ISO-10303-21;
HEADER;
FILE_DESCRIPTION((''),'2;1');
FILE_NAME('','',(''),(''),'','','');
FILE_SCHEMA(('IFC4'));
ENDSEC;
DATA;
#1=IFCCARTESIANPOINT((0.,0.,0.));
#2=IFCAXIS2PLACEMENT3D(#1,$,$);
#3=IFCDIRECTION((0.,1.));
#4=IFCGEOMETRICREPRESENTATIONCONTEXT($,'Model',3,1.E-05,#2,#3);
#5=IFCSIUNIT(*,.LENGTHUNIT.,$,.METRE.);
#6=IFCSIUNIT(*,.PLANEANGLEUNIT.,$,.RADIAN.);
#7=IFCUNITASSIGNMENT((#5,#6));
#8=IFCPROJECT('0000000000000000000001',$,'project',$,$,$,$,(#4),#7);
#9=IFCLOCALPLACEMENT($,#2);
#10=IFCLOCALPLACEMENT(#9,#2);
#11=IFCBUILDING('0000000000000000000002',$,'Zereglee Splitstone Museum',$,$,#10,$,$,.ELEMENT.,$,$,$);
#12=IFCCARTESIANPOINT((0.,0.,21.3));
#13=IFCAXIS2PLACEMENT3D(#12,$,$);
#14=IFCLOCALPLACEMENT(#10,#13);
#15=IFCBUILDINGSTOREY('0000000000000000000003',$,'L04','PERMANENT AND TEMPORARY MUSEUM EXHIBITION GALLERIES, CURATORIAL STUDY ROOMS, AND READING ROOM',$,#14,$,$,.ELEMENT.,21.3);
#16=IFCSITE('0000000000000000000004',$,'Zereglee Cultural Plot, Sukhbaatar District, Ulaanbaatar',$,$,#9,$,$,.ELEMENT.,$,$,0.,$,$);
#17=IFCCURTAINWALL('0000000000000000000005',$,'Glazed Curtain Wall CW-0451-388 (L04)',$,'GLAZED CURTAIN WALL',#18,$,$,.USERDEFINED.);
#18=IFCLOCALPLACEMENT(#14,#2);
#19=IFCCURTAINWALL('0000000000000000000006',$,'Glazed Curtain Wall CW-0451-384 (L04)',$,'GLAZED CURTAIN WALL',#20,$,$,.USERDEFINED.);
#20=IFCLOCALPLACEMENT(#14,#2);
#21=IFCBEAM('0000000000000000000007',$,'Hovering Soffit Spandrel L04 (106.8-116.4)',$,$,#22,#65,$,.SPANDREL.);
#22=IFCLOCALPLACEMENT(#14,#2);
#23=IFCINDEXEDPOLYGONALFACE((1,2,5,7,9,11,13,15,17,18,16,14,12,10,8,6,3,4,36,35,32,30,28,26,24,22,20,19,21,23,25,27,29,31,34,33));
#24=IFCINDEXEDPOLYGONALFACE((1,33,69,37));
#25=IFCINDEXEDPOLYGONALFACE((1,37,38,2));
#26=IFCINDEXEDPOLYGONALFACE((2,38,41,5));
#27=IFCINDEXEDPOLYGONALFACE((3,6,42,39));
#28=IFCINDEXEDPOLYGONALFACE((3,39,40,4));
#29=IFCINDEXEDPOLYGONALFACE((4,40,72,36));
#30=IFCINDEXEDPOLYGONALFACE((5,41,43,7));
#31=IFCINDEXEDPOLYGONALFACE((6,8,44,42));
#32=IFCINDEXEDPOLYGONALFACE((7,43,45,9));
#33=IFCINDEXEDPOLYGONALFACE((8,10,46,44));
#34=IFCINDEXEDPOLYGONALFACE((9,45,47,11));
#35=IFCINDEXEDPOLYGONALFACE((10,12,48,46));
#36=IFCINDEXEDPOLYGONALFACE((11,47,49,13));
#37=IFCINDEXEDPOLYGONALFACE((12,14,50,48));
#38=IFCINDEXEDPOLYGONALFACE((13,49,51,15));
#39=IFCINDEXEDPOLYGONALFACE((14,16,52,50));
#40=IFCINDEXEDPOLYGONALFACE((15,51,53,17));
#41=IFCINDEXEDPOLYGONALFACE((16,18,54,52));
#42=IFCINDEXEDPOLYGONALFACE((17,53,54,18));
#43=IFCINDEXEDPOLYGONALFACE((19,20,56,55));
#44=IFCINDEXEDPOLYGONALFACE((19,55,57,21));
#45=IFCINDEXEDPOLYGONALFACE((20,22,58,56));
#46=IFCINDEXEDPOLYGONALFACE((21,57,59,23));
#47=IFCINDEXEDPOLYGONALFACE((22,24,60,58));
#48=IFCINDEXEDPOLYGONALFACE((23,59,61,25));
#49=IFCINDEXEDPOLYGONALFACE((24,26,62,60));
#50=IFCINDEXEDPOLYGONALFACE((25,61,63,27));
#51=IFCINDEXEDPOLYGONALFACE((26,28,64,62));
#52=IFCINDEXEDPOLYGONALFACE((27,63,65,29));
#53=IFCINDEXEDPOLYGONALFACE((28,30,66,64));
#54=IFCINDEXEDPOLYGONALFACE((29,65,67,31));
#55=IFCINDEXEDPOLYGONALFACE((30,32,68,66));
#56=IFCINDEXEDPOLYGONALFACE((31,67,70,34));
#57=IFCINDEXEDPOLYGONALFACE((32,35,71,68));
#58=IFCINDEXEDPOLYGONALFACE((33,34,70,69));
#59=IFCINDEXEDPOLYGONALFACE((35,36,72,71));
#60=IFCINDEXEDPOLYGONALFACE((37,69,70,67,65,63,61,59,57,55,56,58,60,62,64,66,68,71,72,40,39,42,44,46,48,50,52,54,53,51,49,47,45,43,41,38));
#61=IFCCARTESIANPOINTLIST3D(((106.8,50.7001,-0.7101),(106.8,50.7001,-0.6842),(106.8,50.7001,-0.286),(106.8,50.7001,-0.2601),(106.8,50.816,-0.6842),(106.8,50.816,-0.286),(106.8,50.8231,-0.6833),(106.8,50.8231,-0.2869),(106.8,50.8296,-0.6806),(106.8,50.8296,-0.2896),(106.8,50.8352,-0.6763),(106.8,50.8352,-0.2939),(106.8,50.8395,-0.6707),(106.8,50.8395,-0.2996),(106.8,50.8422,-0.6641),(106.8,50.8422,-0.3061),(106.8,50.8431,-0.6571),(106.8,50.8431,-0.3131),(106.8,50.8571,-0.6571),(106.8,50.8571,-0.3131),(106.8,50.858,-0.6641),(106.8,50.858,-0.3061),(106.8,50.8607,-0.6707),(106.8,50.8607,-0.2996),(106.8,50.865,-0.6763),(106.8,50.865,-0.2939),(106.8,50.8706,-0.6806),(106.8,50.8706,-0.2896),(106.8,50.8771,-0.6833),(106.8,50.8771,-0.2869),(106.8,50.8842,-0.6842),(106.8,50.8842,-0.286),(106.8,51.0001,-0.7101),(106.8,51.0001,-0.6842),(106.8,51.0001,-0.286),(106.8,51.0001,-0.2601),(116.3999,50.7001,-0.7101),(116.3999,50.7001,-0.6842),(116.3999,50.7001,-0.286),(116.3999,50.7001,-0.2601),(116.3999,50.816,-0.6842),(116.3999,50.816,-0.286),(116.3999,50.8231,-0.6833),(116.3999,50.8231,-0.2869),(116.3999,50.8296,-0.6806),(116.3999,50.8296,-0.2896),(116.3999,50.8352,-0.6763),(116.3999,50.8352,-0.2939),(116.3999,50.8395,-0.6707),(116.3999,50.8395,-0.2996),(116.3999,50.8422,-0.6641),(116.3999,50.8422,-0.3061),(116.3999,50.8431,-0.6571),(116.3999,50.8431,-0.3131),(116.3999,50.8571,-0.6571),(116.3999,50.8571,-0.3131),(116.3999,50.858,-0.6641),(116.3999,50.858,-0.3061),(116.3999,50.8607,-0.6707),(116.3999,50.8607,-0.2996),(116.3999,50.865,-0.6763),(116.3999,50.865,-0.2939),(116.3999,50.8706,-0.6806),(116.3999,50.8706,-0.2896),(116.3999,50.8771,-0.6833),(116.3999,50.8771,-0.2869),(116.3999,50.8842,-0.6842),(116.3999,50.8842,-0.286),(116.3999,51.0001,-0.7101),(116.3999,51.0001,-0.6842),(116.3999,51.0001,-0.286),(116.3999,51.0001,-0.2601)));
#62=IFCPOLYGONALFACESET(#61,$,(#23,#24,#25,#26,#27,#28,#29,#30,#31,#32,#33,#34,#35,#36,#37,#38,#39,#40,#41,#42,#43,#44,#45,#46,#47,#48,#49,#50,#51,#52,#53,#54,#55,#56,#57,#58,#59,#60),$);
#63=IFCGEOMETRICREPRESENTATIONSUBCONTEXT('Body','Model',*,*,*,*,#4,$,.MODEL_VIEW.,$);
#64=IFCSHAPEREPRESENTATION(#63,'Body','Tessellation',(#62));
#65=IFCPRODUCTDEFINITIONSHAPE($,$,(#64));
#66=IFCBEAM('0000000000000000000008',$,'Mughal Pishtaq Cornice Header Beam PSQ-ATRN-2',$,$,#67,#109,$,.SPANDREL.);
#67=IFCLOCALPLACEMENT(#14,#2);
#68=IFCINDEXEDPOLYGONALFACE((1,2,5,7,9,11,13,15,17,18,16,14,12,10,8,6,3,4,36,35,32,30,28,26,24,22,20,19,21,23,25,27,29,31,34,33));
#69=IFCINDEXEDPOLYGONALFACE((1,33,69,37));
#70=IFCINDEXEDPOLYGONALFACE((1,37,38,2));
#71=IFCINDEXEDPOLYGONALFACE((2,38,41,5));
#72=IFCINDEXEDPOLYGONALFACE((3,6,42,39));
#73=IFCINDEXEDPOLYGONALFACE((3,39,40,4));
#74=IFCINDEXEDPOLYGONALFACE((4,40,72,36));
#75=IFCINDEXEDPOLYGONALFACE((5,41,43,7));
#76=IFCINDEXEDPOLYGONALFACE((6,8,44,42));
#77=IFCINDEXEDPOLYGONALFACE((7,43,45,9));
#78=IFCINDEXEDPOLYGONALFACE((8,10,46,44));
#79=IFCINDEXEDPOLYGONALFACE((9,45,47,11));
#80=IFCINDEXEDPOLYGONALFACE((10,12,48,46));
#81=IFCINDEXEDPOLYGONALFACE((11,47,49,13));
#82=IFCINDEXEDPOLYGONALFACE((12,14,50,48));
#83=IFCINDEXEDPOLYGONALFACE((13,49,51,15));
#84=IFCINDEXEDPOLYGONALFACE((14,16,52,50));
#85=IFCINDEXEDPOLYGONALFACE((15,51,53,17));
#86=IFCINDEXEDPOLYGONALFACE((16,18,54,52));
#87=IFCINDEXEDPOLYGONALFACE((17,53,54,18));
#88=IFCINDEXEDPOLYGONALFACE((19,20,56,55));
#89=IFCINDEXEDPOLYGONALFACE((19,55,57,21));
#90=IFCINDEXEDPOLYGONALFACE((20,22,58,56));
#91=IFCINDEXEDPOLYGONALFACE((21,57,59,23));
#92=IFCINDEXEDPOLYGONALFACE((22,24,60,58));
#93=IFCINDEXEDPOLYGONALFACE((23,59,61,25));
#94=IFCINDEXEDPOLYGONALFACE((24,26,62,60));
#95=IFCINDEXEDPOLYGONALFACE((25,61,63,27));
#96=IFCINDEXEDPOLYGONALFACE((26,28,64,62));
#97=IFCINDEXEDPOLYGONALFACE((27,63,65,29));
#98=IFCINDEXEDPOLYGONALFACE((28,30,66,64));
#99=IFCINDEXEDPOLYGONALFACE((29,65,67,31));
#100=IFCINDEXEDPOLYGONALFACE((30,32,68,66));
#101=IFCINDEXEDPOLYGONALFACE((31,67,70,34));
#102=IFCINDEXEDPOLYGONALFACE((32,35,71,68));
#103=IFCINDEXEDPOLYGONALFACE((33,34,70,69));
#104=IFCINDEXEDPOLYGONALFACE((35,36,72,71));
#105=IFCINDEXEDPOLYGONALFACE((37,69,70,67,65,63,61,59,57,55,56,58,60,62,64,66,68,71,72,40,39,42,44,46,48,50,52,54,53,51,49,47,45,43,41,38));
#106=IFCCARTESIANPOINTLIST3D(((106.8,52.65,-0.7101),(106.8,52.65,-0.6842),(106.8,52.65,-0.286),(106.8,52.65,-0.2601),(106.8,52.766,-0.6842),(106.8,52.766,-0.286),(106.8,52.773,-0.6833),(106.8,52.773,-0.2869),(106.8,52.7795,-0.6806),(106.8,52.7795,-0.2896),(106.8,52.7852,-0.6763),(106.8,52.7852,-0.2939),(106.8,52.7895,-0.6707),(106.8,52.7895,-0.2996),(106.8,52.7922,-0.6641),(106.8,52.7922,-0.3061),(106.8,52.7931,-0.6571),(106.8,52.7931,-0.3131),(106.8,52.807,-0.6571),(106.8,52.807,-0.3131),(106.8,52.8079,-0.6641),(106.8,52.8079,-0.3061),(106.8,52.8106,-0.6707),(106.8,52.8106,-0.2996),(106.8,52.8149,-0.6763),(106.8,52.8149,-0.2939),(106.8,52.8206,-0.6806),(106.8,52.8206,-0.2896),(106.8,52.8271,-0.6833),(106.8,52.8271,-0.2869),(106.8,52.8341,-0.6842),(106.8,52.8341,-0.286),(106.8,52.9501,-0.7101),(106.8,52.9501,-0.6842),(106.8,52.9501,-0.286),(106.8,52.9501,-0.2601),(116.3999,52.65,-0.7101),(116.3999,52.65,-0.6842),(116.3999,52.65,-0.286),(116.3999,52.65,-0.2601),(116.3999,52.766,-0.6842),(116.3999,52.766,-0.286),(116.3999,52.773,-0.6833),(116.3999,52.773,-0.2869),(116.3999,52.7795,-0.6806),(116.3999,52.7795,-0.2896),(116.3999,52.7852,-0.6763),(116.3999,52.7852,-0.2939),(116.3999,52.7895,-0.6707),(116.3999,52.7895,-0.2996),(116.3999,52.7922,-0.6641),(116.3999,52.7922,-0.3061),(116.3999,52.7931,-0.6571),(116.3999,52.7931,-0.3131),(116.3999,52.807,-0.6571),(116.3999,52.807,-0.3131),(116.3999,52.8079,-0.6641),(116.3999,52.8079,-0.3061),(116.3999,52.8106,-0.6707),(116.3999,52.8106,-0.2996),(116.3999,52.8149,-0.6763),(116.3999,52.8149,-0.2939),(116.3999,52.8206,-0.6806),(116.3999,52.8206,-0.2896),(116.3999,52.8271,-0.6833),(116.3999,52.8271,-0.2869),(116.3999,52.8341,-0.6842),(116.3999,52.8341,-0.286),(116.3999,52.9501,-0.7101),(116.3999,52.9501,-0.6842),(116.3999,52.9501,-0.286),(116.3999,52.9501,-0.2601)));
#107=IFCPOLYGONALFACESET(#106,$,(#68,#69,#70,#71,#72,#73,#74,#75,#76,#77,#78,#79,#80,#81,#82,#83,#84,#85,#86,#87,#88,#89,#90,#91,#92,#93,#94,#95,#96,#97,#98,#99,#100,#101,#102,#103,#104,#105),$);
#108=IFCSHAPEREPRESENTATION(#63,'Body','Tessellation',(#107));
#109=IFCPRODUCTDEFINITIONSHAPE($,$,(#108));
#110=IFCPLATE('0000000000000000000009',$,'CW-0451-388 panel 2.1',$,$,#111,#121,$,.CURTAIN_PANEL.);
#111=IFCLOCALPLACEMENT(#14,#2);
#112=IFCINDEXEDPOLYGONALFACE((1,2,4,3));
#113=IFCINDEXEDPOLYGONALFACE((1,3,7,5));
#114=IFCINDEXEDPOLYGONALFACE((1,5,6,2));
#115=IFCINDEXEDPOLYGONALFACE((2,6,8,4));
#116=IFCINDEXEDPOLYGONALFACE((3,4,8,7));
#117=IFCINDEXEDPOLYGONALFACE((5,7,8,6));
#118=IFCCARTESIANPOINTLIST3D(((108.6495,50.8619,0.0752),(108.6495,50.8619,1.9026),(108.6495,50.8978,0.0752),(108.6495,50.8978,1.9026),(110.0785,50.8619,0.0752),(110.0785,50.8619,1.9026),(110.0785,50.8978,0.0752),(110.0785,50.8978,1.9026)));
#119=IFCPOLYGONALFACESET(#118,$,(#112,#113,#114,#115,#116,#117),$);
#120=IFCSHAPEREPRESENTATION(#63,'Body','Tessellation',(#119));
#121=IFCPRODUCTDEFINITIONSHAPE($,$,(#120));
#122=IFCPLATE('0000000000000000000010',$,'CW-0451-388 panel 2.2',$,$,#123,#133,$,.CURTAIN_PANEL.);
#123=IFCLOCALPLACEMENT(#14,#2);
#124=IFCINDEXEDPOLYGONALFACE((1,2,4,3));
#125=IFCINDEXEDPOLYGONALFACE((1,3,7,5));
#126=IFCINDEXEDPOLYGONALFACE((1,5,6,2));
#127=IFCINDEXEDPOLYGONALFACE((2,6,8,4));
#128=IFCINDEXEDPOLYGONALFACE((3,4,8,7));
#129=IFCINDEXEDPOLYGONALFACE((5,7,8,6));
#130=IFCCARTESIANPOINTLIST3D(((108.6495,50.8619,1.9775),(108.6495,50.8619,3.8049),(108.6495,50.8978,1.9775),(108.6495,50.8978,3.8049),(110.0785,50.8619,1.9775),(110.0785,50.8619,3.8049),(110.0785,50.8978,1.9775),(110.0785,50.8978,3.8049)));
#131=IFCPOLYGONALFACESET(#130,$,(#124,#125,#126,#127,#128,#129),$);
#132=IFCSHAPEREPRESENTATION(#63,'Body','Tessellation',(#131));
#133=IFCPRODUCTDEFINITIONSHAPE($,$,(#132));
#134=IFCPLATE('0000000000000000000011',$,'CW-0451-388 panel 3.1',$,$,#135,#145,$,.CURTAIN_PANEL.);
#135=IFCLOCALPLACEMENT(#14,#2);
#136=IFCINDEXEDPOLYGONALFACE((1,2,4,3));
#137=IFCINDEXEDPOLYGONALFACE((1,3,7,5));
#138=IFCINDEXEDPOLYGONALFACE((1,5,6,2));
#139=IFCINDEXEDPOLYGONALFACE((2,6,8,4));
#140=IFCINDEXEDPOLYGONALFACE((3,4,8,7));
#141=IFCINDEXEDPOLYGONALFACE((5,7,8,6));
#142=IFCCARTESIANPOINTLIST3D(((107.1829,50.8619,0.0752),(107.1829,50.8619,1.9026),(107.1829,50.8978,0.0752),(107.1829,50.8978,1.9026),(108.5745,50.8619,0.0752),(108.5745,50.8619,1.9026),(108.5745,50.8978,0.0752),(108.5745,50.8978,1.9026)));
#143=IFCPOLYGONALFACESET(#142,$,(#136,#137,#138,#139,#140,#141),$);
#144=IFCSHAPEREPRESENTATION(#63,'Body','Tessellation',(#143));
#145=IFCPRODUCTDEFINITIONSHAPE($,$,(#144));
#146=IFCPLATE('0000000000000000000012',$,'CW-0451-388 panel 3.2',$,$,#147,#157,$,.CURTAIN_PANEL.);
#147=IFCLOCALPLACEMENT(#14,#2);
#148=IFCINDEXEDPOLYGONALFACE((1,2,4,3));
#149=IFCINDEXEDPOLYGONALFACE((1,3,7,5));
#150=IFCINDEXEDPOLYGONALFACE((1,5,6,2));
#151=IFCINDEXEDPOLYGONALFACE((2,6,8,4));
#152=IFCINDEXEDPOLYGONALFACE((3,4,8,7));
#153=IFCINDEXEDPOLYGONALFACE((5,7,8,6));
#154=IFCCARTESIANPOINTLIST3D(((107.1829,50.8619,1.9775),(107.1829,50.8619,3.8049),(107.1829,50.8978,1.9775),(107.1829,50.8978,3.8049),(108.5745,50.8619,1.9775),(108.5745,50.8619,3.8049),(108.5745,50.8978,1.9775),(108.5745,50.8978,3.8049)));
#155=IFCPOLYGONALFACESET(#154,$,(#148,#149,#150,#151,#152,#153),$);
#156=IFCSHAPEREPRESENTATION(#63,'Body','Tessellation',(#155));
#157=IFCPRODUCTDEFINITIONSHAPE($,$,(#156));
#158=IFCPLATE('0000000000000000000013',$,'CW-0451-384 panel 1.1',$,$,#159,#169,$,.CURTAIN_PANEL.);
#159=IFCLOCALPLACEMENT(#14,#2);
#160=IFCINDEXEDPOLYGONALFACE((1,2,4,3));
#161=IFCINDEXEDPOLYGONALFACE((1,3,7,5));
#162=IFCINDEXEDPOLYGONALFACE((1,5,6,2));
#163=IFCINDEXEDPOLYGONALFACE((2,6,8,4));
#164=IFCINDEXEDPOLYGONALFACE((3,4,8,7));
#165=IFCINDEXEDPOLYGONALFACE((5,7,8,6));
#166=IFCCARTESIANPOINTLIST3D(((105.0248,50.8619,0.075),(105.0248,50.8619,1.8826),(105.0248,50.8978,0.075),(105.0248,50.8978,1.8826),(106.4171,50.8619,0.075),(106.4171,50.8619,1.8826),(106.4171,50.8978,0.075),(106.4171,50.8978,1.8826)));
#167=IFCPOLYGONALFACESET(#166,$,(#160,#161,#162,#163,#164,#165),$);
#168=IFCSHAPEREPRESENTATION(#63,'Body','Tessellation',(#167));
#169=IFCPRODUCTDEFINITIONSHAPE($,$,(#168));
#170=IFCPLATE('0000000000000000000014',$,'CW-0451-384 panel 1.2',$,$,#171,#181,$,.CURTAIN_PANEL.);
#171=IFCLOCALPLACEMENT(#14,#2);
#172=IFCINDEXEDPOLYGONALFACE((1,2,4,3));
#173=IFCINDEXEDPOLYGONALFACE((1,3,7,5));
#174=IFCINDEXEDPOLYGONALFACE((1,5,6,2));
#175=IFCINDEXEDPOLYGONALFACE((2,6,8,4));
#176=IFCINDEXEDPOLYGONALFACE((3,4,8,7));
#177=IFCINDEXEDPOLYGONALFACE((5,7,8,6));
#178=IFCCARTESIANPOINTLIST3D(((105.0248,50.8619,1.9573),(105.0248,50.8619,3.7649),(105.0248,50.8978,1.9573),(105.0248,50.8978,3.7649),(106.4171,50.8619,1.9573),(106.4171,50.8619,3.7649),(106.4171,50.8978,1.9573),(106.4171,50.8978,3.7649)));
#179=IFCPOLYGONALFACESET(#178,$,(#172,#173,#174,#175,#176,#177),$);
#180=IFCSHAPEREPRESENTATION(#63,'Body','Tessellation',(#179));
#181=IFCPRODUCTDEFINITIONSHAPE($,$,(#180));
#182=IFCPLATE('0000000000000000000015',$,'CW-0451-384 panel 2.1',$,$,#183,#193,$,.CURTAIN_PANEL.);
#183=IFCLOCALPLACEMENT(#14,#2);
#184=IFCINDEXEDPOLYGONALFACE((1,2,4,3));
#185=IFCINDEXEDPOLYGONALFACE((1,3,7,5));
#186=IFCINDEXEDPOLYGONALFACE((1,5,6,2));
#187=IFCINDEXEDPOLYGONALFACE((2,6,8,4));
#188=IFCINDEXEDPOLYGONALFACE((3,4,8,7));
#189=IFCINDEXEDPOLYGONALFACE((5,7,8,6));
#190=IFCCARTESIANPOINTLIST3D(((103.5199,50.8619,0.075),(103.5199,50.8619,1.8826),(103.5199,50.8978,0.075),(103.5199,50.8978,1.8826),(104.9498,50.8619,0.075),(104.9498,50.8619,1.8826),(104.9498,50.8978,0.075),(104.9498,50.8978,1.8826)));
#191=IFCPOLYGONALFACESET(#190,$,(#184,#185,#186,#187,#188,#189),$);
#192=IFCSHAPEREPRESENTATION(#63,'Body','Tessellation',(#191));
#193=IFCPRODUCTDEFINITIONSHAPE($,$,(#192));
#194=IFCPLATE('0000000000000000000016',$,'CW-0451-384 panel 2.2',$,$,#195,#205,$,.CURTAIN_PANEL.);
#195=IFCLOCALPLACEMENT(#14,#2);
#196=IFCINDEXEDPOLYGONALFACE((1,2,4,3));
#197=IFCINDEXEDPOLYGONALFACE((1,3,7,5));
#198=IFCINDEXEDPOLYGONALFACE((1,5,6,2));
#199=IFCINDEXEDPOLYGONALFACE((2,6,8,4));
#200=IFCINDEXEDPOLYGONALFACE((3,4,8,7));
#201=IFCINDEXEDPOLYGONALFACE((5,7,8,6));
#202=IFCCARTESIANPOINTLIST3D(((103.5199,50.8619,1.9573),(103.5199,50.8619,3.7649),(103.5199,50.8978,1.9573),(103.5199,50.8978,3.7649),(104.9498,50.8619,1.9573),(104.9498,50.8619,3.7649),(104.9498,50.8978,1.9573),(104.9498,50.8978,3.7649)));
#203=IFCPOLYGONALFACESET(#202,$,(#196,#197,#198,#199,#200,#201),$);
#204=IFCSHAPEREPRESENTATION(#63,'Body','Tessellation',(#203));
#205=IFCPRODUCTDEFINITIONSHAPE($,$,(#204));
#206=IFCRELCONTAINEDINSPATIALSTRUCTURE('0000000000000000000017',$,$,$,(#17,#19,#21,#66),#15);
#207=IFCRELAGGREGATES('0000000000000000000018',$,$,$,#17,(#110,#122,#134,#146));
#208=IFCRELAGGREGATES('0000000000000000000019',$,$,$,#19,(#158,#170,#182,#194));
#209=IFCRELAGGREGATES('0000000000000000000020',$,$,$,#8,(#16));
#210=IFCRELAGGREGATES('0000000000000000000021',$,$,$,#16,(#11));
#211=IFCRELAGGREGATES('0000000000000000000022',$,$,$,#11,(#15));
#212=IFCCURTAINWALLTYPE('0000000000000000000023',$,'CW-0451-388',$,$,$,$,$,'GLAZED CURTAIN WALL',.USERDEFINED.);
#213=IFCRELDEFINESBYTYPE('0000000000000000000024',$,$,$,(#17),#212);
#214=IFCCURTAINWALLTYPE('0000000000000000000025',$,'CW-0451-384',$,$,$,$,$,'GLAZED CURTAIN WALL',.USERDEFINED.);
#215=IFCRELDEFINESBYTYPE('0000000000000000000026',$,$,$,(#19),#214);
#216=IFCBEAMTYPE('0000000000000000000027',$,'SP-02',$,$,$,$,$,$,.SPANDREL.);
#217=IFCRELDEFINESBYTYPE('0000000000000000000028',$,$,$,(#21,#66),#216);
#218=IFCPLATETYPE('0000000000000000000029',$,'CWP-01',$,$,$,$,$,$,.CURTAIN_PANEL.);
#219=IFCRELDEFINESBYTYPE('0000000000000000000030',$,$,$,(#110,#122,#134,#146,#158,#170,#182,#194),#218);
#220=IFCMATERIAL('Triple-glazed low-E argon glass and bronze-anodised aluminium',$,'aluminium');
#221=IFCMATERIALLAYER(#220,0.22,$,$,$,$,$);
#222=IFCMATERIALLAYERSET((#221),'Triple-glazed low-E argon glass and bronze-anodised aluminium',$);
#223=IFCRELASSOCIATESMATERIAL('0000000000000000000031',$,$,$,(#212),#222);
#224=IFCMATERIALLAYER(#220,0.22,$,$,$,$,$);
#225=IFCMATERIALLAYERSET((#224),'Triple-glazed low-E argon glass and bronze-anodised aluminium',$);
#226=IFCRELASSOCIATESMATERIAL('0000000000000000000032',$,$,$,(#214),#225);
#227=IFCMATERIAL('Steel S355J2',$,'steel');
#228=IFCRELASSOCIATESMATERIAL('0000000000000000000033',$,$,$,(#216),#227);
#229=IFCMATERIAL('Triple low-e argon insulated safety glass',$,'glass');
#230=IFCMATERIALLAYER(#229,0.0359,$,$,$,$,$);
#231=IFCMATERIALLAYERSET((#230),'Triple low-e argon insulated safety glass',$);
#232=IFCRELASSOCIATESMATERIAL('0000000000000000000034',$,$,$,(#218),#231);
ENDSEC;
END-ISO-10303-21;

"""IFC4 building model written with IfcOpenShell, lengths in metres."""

from ifc_helpers import new_model, si_unit, direction, frame, origin, origin_2d, place, context, subcontext, project, spatial, rectangle, i_section, extrude, material, layer, layer_set, material_profile, profile_set, type_object, element, aggregate, save


model = new_model("IFC4")

# Units and contexts
model_context = context("Model", 3, precision=1e-05, world=origin(), true_north=direction((0.0, 1.0)))
body_context = subcontext(model_context, "Body", "Model", "MODEL_VIEW")
ifc_project = project(units=[si_unit("LENGTHUNIT", "METRE"), si_unit("PLANEANGLEUNIT", "RADIAN")], contexts=[model_context])

# Site, building, storey
site_placement = place(None, origin())
site = spatial("IfcSite", under=ifc_project, at=site_placement, Name="Zereglee Cultural Plot, Sukhbaatar District, Ulaanbaatar", CompositionType="ELEMENT", RefElevation=0.0)
building_placement = place(site_placement, origin())
building = spatial("IfcBuilding", under=site, at=building_placement, Name="Zereglee Splitstone Museum", CompositionType="ELEMENT")
storey_placement = place(building_placement, frame((0.0, 0.0, 21.3)))
storey = spatial("IfcBuildingStorey", under=building, at=storey_placement, Name="L04", Description="PERMANENT AND TEMPORARY MUSEUM EXHIBITION GALLERIES, CURATORIAL STUDY ROOMS, AND READING ROOM", CompositionType="ELEMENT", Elevation=21.3)

# Curtain walls
ifc_material_1 = material(Name="Triple-glazed low-E argon glass and bronze-anodised aluminium", Category="aluminium")
ifc_layer_1 = layer(ifc_material_1, 0.22)
ifc_layer_set_1 = layer_set([ifc_layer_1], Name="Triple-glazed low-E argon glass and bronze-anodised aluminium")
curtain_wall_type_1 = type_object("IfcCurtainWallType", Name="CW-0451-388", ElementType="GLAZED CURTAIN WALL", PredefinedType="USERDEFINED", material=ifc_layer_set_1)
curtain_wall_1_placement = place(storey_placement, origin())
curtain_wall_1 = element("IfcCurtainWall", 1, at=curtain_wall_1_placement, inside=storey, type_object=curtain_wall_type_1, Name="Glazed Curtain Wall CW-0451-388 (L04)", ObjectType="GLAZED CURTAIN WALL", PredefinedType="USERDEFINED")
ifc_layer_2 = layer(ifc_material_1, 0.22)
ifc_layer_set_2 = layer_set([ifc_layer_2], Name="Triple-glazed low-E argon glass and bronze-anodised aluminium")
curtain_wall_type_2 = type_object("IfcCurtainWallType", Name="CW-0451-384", ElementType="GLAZED CURTAIN WALL", PredefinedType="USERDEFINED", material=ifc_layer_set_2)
curtain_wall_2_placement = place(storey_placement, origin())
curtain_wall_2 = element("IfcCurtainWall", 2, at=curtain_wall_2_placement, inside=storey, type_object=curtain_wall_type_2, Name="Glazed Curtain Wall CW-0451-384 (L04)", ObjectType="GLAZED CURTAIN WALL", PredefinedType="USERDEFINED")

# Beams
ifc_material_2 = material(Name="Steel S355J2", Category="steel")
ifc_material_profile_1 = material_profile(ifc_material_2, i_section(OverallWidth=0.3, OverallDepth=0.45, WebThickness=0.0139, FlangeThickness=0.0259, FilletRadius=0.0271, at=origin_2d()), Name="HE 450 B")
ifc_profile_set_1 = profile_set([ifc_material_profile_1], Name="Steel S355J2")
beam_type = type_object("IfcBeamType", Name="SP-02", PredefinedType="SPANDREL", material=ifc_profile_set_1)
for number, where, z_axis, x_axis, name in (
    (3, (106.8, 50.8501, -0.4851), (1.0, 0.0, 0.0), (0.0, 1.0, 0.0), "Hovering Soffit Spandrel L04 (106.8-116.4)"),
    (4, (106.8, 52.8, -0.4851), (1.0, 0.0, 0.0), (0.0, 1.0, 0.0), "Mughal Pishtaq Cornice Header Beam PSQ-ATRN-2"),
):
    element("IfcBeam", number, at=place(storey_placement, frame(where, z_axis=z_axis, x_axis=x_axis)), inside=storey, type_object=beam_type, Name=name, PredefinedType="SPANDREL", context=body_context, shape_type="SweptSolid", body=[
        extrude(i_section(OverallWidth=0.3, OverallDepth=0.45, WebThickness=0.0139, FlangeThickness=0.0259, FilletRadius=0.0271, at=origin_2d()), origin(), (0.0, 0.0, 1.0), 9.5999),
    ])

# Plates
ifc_material_3 = material(Name="Triple low-e argon insulated safety glass", Category="glass")
ifc_layer_3 = layer(ifc_material_3, 0.0359)
ifc_layer_set_3 = layer_set([ifc_layer_3], Name="Triple low-e argon insulated safety glass")
plate_type = type_object("IfcPlateType", Name="CWP-01", PredefinedType="CURTAIN_PANEL", material=ifc_layer_set_3)
plate_1_placement = place(storey_placement, frame((109.364, 50.8799, 0.0752), z_axis=(0.0, 0.0, 1.0), x_axis=(-1.0, 0.0, 0.0)))
plate_1 = element("IfcPlate", 5, at=plate_1_placement, type_object=plate_type, Name="CW-0451-388 panel 2.1", PredefinedType="CURTAIN_PANEL", context=body_context, shape_type="SweptSolid", body=[
    extrude(rectangle(XDim=1.429, YDim=0.0359, at=origin_2d()), origin(), (0.0, 0.0, 1.0), 1.8274),
])
plate_2_placement = place(storey_placement, frame((109.364, 50.8799, 1.9775), z_axis=(0.0, 0.0, 1.0), x_axis=(-1.0, 0.0, 0.0)))
plate_2 = element("IfcPlate", 6, at=plate_2_placement, type_object=plate_type, Name="CW-0451-388 panel 2.2", PredefinedType="CURTAIN_PANEL", context=body_context, shape_type="SweptSolid", body=[
    extrude(rectangle(XDim=1.429, YDim=0.0359, at=origin_2d()), origin(), (0.0, 0.0, 1.0), 1.8274),
])
plate_3_placement = place(storey_placement, frame((107.8787, 50.8799, 0.0752), z_axis=(0.0, 0.0, 1.0), x_axis=(-1.0, 0.0, 0.0)))
plate_3 = element("IfcPlate", 7, at=plate_3_placement, type_object=plate_type, Name="CW-0451-388 panel 3.1", PredefinedType="CURTAIN_PANEL", context=body_context, shape_type="SweptSolid", body=[
    extrude(rectangle(XDim=1.3916, YDim=0.0359, at=origin_2d()), origin(), (0.0, 0.0, 1.0), 1.8274),
])
plate_4_placement = place(storey_placement, frame((107.8787, 50.8799, 1.9775), z_axis=(0.0, 0.0, 1.0), x_axis=(-1.0, 0.0, 0.0)))
plate_4 = element("IfcPlate", 8, at=plate_4_placement, type_object=plate_type, Name="CW-0451-388 panel 3.2", PredefinedType="CURTAIN_PANEL", context=body_context, shape_type="SweptSolid", body=[
    extrude(rectangle(XDim=1.3916, YDim=0.0359, at=origin_2d()), origin(), (0.0, 0.0, 1.0), 1.8274),
])
aggregate(curtain_wall_1, [plate_1, plate_2, plate_3, plate_4])
plate_5_placement = place(storey_placement, frame((105.7209, 50.8799, 0.075), z_axis=(0.0, 0.0, 1.0), x_axis=(-1.0, 0.0, 0.0)))
plate_5 = element("IfcPlate", 9, at=plate_5_placement, type_object=plate_type, Name="CW-0451-384 panel 1.1", PredefinedType="CURTAIN_PANEL", context=body_context, shape_type="SweptSolid", body=[
    extrude(rectangle(XDim=1.3923, YDim=0.0359, at=origin_2d()), origin(), (0.0, 0.0, 1.0), 1.8076),
])
plate_6_placement = place(storey_placement, frame((105.7209, 50.8799, 1.9573), z_axis=(0.0, 0.0, 1.0), x_axis=(-1.0, 0.0, 0.0)))
plate_6 = element("IfcPlate", 10, at=plate_6_placement, type_object=plate_type, Name="CW-0451-384 panel 1.2", PredefinedType="CURTAIN_PANEL", context=body_context, shape_type="SweptSolid", body=[
    extrude(rectangle(XDim=1.3923, YDim=0.0359, at=origin_2d()), origin(), (0.0, 0.0, 1.0), 1.8076),
])
plate_7_placement = place(storey_placement, frame((104.2349, 50.8799, 0.075), z_axis=(0.0, 0.0, 1.0), x_axis=(-1.0, 0.0, 0.0)))
plate_7 = element("IfcPlate", 11, at=plate_7_placement, type_object=plate_type, Name="CW-0451-384 panel 2.1", PredefinedType="CURTAIN_PANEL", context=body_context, shape_type="SweptSolid", body=[
    extrude(rectangle(XDim=1.4299, YDim=0.0359, at=origin_2d()), origin(), (0.0, 0.0, 1.0), 1.8076),
])
plate_8_placement = place(storey_placement, frame((104.2349, 50.8799, 1.9573), z_axis=(0.0, 0.0, 1.0), x_axis=(-1.0, 0.0, 0.0)))
plate_8 = element("IfcPlate", 12, at=plate_8_placement, type_object=plate_type, Name="CW-0451-384 panel 2.2", PredefinedType="CURTAIN_PANEL", context=body_context, shape_type="SweptSolid", body=[
    extrude(rectangle(XDim=1.4299, YDim=0.0359, at=origin_2d()), origin(), (0.0, 0.0, 1.0), 1.8076),
])
aggregate(curtain_wall_2, [plate_5, plate_6, plate_7, plate_8])

save(model, "model.ifc")
